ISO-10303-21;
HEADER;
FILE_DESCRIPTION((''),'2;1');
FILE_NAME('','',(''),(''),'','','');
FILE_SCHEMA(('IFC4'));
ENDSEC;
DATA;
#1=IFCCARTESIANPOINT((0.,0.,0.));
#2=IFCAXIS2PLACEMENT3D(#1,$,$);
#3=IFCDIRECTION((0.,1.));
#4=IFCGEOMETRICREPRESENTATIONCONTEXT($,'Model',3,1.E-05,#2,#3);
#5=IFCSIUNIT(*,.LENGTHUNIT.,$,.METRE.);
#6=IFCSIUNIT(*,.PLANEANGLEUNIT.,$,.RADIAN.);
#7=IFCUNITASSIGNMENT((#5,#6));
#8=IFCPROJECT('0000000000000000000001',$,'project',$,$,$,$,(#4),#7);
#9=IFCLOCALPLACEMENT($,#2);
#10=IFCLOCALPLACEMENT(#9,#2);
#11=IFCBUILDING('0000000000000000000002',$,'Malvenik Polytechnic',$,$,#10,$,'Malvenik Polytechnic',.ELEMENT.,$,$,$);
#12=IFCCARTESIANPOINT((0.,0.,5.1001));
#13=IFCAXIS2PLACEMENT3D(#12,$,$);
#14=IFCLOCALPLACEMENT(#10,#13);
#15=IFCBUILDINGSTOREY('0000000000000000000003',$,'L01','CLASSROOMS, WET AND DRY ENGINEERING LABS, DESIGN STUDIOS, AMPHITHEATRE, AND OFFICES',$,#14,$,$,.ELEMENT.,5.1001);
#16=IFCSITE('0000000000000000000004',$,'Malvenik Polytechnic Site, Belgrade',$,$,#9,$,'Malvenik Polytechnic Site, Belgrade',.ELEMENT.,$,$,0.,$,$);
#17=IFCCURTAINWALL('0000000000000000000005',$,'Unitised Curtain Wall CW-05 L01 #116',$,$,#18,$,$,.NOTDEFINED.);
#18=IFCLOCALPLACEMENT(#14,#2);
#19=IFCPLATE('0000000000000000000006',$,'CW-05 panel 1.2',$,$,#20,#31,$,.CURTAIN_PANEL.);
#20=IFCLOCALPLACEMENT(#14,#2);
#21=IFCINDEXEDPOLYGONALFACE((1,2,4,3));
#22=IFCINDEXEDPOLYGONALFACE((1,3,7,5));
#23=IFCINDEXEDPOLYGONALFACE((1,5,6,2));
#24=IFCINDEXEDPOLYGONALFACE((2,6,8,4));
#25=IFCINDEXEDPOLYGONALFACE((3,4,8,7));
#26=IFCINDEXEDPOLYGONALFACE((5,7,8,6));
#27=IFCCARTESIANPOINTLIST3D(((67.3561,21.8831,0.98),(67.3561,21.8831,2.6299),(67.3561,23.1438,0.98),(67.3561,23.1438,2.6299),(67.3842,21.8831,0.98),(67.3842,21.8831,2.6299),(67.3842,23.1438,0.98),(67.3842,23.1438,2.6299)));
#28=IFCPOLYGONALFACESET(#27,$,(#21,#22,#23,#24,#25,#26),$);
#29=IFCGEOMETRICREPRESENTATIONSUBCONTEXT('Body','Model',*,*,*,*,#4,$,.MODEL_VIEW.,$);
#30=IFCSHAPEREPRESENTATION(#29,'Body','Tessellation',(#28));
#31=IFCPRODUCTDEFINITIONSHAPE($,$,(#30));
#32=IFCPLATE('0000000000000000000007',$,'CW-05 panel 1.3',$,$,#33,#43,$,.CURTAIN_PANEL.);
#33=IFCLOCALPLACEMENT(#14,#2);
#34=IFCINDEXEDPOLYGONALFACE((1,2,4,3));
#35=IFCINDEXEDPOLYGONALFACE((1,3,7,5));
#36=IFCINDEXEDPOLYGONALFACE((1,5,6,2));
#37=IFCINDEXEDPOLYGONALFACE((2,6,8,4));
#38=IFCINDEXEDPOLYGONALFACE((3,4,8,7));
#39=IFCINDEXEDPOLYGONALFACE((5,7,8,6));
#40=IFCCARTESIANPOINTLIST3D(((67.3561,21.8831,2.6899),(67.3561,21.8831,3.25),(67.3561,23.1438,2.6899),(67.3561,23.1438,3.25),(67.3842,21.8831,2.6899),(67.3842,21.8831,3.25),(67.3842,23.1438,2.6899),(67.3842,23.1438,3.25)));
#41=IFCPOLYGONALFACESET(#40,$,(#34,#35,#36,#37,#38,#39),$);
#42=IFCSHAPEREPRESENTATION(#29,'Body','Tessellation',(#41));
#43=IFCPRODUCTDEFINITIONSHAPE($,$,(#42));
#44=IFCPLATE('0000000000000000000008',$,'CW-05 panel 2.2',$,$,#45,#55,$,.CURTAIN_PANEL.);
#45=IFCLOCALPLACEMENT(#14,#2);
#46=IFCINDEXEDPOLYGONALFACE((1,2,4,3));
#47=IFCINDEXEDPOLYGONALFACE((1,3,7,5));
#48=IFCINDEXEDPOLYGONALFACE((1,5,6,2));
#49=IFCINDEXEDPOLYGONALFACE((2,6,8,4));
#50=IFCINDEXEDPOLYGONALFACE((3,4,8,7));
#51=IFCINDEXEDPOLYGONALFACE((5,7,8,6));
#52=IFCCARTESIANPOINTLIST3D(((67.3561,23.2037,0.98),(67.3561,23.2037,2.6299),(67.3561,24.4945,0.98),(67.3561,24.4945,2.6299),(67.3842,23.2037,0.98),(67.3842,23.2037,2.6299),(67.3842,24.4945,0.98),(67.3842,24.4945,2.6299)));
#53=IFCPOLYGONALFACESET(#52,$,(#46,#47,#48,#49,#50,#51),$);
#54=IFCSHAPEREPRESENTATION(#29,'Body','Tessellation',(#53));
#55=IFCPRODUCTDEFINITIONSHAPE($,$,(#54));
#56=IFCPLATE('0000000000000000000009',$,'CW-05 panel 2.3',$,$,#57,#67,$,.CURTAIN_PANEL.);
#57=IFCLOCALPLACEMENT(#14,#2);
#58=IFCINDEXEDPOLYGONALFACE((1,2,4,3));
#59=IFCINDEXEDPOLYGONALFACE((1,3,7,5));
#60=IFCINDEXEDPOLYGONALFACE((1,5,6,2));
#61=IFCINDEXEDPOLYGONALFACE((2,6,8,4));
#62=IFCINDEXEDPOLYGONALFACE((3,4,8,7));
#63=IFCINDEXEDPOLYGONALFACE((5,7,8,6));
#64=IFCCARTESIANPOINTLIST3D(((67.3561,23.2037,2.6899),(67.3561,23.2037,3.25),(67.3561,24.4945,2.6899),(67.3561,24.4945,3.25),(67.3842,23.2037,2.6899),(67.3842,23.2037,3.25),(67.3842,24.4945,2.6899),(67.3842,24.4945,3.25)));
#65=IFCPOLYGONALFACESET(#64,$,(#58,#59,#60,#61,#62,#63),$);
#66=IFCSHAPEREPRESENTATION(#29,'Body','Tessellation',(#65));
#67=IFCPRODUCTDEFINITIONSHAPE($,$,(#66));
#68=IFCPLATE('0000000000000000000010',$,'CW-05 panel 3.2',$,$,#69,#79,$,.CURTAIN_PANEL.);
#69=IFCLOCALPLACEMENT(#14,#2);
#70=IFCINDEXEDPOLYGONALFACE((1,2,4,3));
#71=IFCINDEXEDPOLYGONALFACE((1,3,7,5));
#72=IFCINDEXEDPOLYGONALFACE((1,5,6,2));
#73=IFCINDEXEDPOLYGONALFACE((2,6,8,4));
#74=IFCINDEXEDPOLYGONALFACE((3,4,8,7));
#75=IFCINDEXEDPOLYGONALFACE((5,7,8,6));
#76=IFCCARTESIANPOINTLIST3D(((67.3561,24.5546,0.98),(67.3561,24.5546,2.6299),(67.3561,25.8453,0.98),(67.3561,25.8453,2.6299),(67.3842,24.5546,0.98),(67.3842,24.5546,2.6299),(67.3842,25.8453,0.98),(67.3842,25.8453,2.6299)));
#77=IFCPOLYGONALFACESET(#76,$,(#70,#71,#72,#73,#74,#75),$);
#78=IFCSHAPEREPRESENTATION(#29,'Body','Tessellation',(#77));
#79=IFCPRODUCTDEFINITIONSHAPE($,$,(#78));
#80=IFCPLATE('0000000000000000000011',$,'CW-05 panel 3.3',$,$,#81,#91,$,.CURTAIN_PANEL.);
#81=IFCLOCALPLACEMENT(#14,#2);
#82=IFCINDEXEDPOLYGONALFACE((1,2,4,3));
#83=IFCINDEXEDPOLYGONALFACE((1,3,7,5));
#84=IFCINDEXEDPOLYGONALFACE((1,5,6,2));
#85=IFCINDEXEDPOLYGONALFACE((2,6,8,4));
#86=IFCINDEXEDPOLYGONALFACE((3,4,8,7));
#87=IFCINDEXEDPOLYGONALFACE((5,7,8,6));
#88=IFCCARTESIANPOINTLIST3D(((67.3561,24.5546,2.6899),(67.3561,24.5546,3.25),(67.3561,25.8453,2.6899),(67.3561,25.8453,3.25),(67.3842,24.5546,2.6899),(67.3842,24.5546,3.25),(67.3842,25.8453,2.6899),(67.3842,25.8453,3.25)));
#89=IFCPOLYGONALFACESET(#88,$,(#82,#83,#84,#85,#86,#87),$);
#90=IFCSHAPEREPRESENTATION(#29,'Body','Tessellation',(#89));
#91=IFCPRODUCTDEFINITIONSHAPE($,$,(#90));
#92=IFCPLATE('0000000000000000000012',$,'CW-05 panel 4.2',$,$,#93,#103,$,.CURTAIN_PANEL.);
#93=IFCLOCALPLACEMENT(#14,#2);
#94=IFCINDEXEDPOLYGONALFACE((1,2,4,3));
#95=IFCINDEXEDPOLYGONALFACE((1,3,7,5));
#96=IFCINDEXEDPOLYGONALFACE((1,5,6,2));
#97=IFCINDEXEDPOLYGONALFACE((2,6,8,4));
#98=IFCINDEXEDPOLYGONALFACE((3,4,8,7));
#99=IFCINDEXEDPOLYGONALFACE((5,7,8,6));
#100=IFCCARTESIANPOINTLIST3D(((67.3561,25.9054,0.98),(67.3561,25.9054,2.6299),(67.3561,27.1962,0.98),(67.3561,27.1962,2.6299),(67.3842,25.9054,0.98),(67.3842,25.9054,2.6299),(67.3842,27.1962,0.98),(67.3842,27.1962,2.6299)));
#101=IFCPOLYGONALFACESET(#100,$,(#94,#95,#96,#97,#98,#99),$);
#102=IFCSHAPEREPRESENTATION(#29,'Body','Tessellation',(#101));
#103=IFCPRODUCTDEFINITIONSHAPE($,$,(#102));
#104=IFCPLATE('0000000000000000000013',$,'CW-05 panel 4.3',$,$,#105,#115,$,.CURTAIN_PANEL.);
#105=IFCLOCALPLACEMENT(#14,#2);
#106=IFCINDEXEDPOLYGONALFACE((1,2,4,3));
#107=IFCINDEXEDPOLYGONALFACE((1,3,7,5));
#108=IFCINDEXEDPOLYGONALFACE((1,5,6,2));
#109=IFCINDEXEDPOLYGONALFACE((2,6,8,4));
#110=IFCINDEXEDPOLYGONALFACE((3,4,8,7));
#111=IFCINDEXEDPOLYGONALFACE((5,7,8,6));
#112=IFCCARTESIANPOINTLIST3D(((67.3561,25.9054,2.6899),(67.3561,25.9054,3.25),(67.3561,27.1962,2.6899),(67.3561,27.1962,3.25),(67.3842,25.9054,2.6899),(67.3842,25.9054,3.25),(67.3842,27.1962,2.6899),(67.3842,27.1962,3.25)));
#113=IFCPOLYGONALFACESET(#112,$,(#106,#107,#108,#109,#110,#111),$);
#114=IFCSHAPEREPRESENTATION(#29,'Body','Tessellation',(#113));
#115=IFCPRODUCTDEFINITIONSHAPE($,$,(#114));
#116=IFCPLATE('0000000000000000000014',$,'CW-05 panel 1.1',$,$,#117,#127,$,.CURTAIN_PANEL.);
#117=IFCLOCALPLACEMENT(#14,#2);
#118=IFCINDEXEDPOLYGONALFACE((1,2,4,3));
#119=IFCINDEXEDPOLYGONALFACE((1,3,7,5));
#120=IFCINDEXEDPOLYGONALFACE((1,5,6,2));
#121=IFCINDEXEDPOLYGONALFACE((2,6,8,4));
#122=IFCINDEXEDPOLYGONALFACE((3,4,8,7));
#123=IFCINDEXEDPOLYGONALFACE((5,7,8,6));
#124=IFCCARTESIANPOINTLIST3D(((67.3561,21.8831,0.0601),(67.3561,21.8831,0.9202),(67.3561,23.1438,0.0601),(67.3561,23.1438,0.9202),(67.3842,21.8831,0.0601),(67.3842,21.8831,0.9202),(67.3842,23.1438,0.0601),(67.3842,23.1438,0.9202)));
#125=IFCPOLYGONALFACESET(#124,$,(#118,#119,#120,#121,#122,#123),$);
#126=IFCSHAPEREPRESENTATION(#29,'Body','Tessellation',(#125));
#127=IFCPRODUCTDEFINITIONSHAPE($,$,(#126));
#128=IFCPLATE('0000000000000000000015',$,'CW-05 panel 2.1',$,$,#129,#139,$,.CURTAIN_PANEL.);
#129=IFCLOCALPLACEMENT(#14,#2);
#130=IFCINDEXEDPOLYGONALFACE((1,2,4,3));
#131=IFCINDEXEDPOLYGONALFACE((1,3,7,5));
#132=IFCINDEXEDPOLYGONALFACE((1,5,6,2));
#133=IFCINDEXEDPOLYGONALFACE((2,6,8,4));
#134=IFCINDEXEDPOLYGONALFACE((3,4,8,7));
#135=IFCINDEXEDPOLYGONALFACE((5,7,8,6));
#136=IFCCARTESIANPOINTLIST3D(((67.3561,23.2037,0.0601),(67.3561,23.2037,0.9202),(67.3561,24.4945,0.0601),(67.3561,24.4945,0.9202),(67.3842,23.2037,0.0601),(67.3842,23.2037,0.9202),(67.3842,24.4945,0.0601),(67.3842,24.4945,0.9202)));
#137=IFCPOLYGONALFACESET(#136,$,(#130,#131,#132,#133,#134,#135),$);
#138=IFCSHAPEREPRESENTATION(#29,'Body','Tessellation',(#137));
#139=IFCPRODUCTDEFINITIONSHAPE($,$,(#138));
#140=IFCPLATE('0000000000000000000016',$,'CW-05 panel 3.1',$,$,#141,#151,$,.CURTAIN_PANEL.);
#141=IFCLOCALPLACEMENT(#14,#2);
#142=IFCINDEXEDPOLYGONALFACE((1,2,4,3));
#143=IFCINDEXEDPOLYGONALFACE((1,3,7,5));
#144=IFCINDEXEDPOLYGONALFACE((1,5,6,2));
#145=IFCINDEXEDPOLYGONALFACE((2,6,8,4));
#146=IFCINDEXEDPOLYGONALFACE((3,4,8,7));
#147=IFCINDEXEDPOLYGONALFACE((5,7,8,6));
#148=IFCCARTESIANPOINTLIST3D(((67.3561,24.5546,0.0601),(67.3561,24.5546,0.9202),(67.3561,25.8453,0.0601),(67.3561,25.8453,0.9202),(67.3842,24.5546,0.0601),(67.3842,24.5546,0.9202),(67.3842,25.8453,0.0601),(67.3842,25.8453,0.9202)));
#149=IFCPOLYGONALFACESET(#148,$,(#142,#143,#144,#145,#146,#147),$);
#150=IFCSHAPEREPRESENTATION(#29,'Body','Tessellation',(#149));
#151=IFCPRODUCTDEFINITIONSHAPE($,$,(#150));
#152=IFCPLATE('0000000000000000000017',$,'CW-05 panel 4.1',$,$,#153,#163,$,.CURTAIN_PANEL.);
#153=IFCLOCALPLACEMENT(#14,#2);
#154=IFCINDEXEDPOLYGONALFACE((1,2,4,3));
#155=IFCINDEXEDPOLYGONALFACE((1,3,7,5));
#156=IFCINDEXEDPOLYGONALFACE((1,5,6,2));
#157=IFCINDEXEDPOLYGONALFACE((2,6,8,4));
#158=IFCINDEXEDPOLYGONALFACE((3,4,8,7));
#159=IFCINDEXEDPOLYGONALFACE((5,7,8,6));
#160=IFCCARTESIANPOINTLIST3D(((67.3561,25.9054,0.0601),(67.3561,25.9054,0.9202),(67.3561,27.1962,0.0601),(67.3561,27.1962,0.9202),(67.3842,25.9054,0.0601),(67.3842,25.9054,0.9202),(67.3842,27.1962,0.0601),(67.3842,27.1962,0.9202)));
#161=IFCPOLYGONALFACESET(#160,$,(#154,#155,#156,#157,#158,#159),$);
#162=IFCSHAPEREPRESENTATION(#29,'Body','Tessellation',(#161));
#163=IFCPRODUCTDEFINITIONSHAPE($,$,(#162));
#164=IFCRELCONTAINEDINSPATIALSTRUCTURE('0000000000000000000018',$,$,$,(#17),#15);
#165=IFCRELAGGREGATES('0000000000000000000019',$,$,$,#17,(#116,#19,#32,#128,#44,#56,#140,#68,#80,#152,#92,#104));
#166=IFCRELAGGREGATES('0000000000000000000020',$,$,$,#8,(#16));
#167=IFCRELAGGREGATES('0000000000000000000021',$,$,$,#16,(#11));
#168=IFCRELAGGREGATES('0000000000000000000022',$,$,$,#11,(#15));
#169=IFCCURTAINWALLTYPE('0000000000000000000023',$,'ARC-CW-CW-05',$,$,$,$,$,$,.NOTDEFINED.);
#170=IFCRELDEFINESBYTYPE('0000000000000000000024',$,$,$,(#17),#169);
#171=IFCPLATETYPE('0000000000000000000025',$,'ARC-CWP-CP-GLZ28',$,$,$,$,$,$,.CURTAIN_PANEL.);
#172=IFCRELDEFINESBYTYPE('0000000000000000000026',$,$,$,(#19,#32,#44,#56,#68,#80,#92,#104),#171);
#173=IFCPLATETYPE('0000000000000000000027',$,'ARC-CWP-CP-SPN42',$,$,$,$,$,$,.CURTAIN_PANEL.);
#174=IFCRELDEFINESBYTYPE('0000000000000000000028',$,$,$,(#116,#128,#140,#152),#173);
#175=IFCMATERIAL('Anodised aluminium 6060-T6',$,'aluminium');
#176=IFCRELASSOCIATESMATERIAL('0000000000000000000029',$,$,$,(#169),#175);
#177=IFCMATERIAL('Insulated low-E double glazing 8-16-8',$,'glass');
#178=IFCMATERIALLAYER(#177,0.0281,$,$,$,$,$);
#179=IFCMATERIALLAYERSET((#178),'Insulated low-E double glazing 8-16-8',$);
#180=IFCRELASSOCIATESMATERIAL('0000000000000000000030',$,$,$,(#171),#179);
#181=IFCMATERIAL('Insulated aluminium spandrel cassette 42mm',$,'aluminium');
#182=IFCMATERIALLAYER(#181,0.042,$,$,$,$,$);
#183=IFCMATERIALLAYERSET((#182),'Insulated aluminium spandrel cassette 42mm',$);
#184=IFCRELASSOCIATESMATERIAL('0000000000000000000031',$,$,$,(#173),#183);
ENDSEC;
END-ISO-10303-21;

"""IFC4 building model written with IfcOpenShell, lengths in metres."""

from ifc_helpers import new_model, si_unit, direction, frame, origin, origin_2d, place, context, subcontext, project, spatial, rectangle, extrude, material, layer, layer_set, type_object, element, aggregate, save


model = new_model("IFC4")

# Units and contexts
model_context = context("Model", 3, precision=1e-05, world=origin(), true_north=direction((0.0, 1.0)))
body_context = subcontext(model_context, "Body", "Model", "MODEL_VIEW")
ifc_project = project(units=[si_unit("LENGTHUNIT", "METRE"), si_unit("PLANEANGLEUNIT", "RADIAN")], contexts=[model_context])

# Site, building, storey
site_placement = place(None, origin())
site = spatial("IfcSite", under=ifc_project, at=site_placement, Name="Malvenik Polytechnic Site, Belgrade", LongName="Malvenik Polytechnic Site, Belgrade", CompositionType="ELEMENT", RefElevation=0.0)
building_placement = place(site_placement, origin())
building = spatial("IfcBuilding", under=site, at=building_placement, Name="Malvenik Polytechnic", LongName="Malvenik Polytechnic", CompositionType="ELEMENT")
storey_placement = place(building_placement, frame((0.0, 0.0, 5.1001)))
storey = spatial("IfcBuildingStorey", under=building, at=storey_placement, Name="L01", Description="CLASSROOMS, WET AND DRY ENGINEERING LABS, DESIGN STUDIOS, AMPHITHEATRE, AND OFFICES", CompositionType="ELEMENT", Elevation=5.1001)

# Curtain wall
ifc_material_1 = material(Name="Anodised aluminium 6060-T6", Category="aluminium")
curtain_wall_type = type_object("IfcCurtainWallType", Name="ARC-CW-CW-05", PredefinedType="NOTDEFINED", material=ifc_material_1)
curtain_wall_placement = place(storey_placement, origin())
curtain_wall = element("IfcCurtainWall", 1, at=curtain_wall_placement, inside=storey, type_object=curtain_wall_type, Name="Unitised Curtain Wall CW-05 L01 #116", PredefinedType="NOTDEFINED")

# Plates
ifc_material_2 = material(Name="Insulated low-E double glazing 8-16-8", Category="glass")
ifc_layer_1 = layer(ifc_material_2, 0.0281)
ifc_layer_set_1 = layer_set([ifc_layer_1], Name="Insulated low-E double glazing 8-16-8")
plate_type_1 = type_object("IfcPlateType", Name="ARC-CWP-CP-GLZ28", PredefinedType="CURTAIN_PANEL", material=ifc_layer_set_1)
plate_1_placement = place(storey_placement, frame((67.3701, 22.5134, 0.98), z_axis=(0.0, 0.0, 1.0), x_axis=(0.0, 1.0, 0.0)))
plate_1 = element("IfcPlate", 2, at=plate_1_placement, type_object=plate_type_1, Name="CW-05 panel 1.2", PredefinedType="CURTAIN_PANEL", context=body_context, shape_type="SweptSolid", body=[
    extrude(rectangle(XDim=1.2607, YDim=0.0281, at=origin_2d()), origin(), (0.0, 0.0, 1.0), 1.6499),
])
plate_2_placement = place(storey_placement, frame((67.3701, 22.5134, 2.6899), z_axis=(0.0, 0.0, 1.0), x_axis=(0.0, 1.0, 0.0)))
plate_2 = element("IfcPlate", 3, at=plate_2_placement, type_object=plate_type_1, Name="CW-05 panel 1.3", PredefinedType="CURTAIN_PANEL", context=body_context, shape_type="SweptSolid", body=[
    extrude(rectangle(XDim=1.2607, YDim=0.0281, at=origin_2d()), origin(), (0.0, 0.0, 1.0), 0.5601),
])
plate_3_placement = place(storey_placement, frame((67.3701, 23.8491, 0.98), z_axis=(0.0, 0.0, 1.0), x_axis=(0.0, 1.0, 0.0)))
plate_3 = element("IfcPlate", 4, at=plate_3_placement, type_object=plate_type_1, Name="CW-05 panel 2.2", PredefinedType="CURTAIN_PANEL", context=body_context, shape_type="SweptSolid", body=[
    extrude(rectangle(XDim=1.2908, YDim=0.0281, at=origin_2d()), origin(), (0.0, 0.0, 1.0), 1.6499),
])
plate_4_placement = place(storey_placement, frame((67.3701, 23.8491, 2.6899), z_axis=(0.0, 0.0, 1.0), x_axis=(0.0, 1.0, 0.0)))
plate_4 = element("IfcPlate", 5, at=plate_4_placement, type_object=plate_type_1, Name="CW-05 panel 2.3", PredefinedType="CURTAIN_PANEL", context=body_context, shape_type="SweptSolid", body=[
    extrude(rectangle(XDim=1.2908, YDim=0.0281, at=origin_2d()), origin(), (0.0, 0.0, 1.0), 0.5601),
])
plate_5_placement = place(storey_placement, frame((67.3701, 25.2, 0.98), z_axis=(0.0, 0.0, 1.0), x_axis=(0.0, 1.0, 0.0)))
plate_5 = element("IfcPlate", 6, at=plate_5_placement, type_object=plate_type_1, Name="CW-05 panel 3.2", PredefinedType="CURTAIN_PANEL", context=body_context, shape_type="SweptSolid", body=[
    extrude(rectangle(XDim=1.2908, YDim=0.0281, at=origin_2d()), origin(), (0.0, 0.0, 1.0), 1.6499),
])
plate_6_placement = place(storey_placement, frame((67.3701, 25.2, 2.6899), z_axis=(0.0, 0.0, 1.0), x_axis=(0.0, 1.0, 0.0)))
plate_6 = element("IfcPlate", 7, at=plate_6_placement, type_object=plate_type_1, Name="CW-05 panel 3.3", PredefinedType="CURTAIN_PANEL", context=body_context, shape_type="SweptSolid", body=[
    extrude(rectangle(XDim=1.2908, YDim=0.0281, at=origin_2d()), origin(), (0.0, 0.0, 1.0), 0.5601),
])
plate_7_placement = place(storey_placement, frame((67.3701, 26.5508, 0.98), z_axis=(0.0, 0.0, 1.0), x_axis=(0.0, 1.0, 0.0)))
plate_7 = element("IfcPlate", 8, at=plate_7_placement, type_object=plate_type_1, Name="CW-05 panel 4.2", PredefinedType="CURTAIN_PANEL", context=body_context, shape_type="SweptSolid", body=[
    extrude(rectangle(XDim=1.2908, YDim=0.0281, at=origin_2d()), origin(), (0.0, 0.0, 1.0), 1.6499),
])
plate_8_placement = place(storey_placement, frame((67.3701, 26.5508, 2.6899), z_axis=(0.0, 0.0, 1.0), x_axis=(0.0, 1.0, 0.0)))
plate_8 = element("IfcPlate", 9, at=plate_8_placement, type_object=plate_type_1, Name="CW-05 panel 4.3", PredefinedType="CURTAIN_PANEL", context=body_context, shape_type="SweptSolid", body=[
    extrude(rectangle(XDim=1.2908, YDim=0.0281, at=origin_2d()), origin(), (0.0, 0.0, 1.0), 0.5601),
])
ifc_material_3 = material(Name="Insulated aluminium spandrel cassette 42mm", Category="aluminium")
ifc_layer_2 = layer(ifc_material_3, 0.042)
ifc_layer_set_2 = layer_set([ifc_layer_2], Name="Insulated aluminium spandrel cassette 42mm")
plate_type_2 = type_object("IfcPlateType", Name="ARC-CWP-CP-SPN42", PredefinedType="CURTAIN_PANEL", material=ifc_layer_set_2)
plate_9_placement = place(storey_placement, frame((67.3701, 22.5134, 0.0601), z_axis=(0.0, 0.0, 1.0), x_axis=(0.0, 1.0, 0.0)))
plate_9 = element("IfcPlate", 10, at=plate_9_placement, type_object=plate_type_2, Name="CW-05 panel 1.1", PredefinedType="CURTAIN_PANEL", context=body_context, shape_type="SweptSolid", body=[
    extrude(rectangle(XDim=1.2607, YDim=0.0281, at=origin_2d()), origin(), (0.0, 0.0, 1.0), 0.8601),
])
plate_10_placement = place(storey_placement, frame((67.3701, 23.8491, 0.0601), z_axis=(0.0, 0.0, 1.0), x_axis=(0.0, 1.0, 0.0)))
plate_10 = element("IfcPlate", 11, at=plate_10_placement, type_object=plate_type_2, Name="CW-05 panel 2.1", PredefinedType="CURTAIN_PANEL", context=body_context, shape_type="SweptSolid", body=[
    extrude(rectangle(XDim=1.2908, YDim=0.0281, at=origin_2d()), origin(), (0.0, 0.0, 1.0), 0.8601),
])
plate_11_placement = place(storey_placement, frame((67.3701, 25.2, 0.0601), z_axis=(0.0, 0.0, 1.0), x_axis=(0.0, 1.0, 0.0)))
plate_11 = element("IfcPlate", 12, at=plate_11_placement, type_object=plate_type_2, Name="CW-05 panel 3.1", PredefinedType="CURTAIN_PANEL", context=body_context, shape_type="SweptSolid", body=[
    extrude(rectangle(XDim=1.2908, YDim=0.0281, at=origin_2d()), origin(), (0.0, 0.0, 1.0), 0.8601),
])
plate_12_placement = place(storey_placement, frame((67.3701, 26.5508, 0.0601), z_axis=(0.0, 0.0, 1.0), x_axis=(0.0, 1.0, 0.0)))
plate_12 = element("IfcPlate", 13, at=plate_12_placement, type_object=plate_type_2, Name="CW-05 panel 4.1", PredefinedType="CURTAIN_PANEL", context=body_context, shape_type="SweptSolid", body=[
    extrude(rectangle(XDim=1.2908, YDim=0.0281, at=origin_2d()), origin(), (0.0, 0.0, 1.0), 0.8601),
])
aggregate(curtain_wall, [plate_9, plate_1, plate_2, plate_10, plate_3, plate_4, plate_11, plate_5, plate_6, plate_12, plate_7, plate_8])

save(model, "model.ifc")
